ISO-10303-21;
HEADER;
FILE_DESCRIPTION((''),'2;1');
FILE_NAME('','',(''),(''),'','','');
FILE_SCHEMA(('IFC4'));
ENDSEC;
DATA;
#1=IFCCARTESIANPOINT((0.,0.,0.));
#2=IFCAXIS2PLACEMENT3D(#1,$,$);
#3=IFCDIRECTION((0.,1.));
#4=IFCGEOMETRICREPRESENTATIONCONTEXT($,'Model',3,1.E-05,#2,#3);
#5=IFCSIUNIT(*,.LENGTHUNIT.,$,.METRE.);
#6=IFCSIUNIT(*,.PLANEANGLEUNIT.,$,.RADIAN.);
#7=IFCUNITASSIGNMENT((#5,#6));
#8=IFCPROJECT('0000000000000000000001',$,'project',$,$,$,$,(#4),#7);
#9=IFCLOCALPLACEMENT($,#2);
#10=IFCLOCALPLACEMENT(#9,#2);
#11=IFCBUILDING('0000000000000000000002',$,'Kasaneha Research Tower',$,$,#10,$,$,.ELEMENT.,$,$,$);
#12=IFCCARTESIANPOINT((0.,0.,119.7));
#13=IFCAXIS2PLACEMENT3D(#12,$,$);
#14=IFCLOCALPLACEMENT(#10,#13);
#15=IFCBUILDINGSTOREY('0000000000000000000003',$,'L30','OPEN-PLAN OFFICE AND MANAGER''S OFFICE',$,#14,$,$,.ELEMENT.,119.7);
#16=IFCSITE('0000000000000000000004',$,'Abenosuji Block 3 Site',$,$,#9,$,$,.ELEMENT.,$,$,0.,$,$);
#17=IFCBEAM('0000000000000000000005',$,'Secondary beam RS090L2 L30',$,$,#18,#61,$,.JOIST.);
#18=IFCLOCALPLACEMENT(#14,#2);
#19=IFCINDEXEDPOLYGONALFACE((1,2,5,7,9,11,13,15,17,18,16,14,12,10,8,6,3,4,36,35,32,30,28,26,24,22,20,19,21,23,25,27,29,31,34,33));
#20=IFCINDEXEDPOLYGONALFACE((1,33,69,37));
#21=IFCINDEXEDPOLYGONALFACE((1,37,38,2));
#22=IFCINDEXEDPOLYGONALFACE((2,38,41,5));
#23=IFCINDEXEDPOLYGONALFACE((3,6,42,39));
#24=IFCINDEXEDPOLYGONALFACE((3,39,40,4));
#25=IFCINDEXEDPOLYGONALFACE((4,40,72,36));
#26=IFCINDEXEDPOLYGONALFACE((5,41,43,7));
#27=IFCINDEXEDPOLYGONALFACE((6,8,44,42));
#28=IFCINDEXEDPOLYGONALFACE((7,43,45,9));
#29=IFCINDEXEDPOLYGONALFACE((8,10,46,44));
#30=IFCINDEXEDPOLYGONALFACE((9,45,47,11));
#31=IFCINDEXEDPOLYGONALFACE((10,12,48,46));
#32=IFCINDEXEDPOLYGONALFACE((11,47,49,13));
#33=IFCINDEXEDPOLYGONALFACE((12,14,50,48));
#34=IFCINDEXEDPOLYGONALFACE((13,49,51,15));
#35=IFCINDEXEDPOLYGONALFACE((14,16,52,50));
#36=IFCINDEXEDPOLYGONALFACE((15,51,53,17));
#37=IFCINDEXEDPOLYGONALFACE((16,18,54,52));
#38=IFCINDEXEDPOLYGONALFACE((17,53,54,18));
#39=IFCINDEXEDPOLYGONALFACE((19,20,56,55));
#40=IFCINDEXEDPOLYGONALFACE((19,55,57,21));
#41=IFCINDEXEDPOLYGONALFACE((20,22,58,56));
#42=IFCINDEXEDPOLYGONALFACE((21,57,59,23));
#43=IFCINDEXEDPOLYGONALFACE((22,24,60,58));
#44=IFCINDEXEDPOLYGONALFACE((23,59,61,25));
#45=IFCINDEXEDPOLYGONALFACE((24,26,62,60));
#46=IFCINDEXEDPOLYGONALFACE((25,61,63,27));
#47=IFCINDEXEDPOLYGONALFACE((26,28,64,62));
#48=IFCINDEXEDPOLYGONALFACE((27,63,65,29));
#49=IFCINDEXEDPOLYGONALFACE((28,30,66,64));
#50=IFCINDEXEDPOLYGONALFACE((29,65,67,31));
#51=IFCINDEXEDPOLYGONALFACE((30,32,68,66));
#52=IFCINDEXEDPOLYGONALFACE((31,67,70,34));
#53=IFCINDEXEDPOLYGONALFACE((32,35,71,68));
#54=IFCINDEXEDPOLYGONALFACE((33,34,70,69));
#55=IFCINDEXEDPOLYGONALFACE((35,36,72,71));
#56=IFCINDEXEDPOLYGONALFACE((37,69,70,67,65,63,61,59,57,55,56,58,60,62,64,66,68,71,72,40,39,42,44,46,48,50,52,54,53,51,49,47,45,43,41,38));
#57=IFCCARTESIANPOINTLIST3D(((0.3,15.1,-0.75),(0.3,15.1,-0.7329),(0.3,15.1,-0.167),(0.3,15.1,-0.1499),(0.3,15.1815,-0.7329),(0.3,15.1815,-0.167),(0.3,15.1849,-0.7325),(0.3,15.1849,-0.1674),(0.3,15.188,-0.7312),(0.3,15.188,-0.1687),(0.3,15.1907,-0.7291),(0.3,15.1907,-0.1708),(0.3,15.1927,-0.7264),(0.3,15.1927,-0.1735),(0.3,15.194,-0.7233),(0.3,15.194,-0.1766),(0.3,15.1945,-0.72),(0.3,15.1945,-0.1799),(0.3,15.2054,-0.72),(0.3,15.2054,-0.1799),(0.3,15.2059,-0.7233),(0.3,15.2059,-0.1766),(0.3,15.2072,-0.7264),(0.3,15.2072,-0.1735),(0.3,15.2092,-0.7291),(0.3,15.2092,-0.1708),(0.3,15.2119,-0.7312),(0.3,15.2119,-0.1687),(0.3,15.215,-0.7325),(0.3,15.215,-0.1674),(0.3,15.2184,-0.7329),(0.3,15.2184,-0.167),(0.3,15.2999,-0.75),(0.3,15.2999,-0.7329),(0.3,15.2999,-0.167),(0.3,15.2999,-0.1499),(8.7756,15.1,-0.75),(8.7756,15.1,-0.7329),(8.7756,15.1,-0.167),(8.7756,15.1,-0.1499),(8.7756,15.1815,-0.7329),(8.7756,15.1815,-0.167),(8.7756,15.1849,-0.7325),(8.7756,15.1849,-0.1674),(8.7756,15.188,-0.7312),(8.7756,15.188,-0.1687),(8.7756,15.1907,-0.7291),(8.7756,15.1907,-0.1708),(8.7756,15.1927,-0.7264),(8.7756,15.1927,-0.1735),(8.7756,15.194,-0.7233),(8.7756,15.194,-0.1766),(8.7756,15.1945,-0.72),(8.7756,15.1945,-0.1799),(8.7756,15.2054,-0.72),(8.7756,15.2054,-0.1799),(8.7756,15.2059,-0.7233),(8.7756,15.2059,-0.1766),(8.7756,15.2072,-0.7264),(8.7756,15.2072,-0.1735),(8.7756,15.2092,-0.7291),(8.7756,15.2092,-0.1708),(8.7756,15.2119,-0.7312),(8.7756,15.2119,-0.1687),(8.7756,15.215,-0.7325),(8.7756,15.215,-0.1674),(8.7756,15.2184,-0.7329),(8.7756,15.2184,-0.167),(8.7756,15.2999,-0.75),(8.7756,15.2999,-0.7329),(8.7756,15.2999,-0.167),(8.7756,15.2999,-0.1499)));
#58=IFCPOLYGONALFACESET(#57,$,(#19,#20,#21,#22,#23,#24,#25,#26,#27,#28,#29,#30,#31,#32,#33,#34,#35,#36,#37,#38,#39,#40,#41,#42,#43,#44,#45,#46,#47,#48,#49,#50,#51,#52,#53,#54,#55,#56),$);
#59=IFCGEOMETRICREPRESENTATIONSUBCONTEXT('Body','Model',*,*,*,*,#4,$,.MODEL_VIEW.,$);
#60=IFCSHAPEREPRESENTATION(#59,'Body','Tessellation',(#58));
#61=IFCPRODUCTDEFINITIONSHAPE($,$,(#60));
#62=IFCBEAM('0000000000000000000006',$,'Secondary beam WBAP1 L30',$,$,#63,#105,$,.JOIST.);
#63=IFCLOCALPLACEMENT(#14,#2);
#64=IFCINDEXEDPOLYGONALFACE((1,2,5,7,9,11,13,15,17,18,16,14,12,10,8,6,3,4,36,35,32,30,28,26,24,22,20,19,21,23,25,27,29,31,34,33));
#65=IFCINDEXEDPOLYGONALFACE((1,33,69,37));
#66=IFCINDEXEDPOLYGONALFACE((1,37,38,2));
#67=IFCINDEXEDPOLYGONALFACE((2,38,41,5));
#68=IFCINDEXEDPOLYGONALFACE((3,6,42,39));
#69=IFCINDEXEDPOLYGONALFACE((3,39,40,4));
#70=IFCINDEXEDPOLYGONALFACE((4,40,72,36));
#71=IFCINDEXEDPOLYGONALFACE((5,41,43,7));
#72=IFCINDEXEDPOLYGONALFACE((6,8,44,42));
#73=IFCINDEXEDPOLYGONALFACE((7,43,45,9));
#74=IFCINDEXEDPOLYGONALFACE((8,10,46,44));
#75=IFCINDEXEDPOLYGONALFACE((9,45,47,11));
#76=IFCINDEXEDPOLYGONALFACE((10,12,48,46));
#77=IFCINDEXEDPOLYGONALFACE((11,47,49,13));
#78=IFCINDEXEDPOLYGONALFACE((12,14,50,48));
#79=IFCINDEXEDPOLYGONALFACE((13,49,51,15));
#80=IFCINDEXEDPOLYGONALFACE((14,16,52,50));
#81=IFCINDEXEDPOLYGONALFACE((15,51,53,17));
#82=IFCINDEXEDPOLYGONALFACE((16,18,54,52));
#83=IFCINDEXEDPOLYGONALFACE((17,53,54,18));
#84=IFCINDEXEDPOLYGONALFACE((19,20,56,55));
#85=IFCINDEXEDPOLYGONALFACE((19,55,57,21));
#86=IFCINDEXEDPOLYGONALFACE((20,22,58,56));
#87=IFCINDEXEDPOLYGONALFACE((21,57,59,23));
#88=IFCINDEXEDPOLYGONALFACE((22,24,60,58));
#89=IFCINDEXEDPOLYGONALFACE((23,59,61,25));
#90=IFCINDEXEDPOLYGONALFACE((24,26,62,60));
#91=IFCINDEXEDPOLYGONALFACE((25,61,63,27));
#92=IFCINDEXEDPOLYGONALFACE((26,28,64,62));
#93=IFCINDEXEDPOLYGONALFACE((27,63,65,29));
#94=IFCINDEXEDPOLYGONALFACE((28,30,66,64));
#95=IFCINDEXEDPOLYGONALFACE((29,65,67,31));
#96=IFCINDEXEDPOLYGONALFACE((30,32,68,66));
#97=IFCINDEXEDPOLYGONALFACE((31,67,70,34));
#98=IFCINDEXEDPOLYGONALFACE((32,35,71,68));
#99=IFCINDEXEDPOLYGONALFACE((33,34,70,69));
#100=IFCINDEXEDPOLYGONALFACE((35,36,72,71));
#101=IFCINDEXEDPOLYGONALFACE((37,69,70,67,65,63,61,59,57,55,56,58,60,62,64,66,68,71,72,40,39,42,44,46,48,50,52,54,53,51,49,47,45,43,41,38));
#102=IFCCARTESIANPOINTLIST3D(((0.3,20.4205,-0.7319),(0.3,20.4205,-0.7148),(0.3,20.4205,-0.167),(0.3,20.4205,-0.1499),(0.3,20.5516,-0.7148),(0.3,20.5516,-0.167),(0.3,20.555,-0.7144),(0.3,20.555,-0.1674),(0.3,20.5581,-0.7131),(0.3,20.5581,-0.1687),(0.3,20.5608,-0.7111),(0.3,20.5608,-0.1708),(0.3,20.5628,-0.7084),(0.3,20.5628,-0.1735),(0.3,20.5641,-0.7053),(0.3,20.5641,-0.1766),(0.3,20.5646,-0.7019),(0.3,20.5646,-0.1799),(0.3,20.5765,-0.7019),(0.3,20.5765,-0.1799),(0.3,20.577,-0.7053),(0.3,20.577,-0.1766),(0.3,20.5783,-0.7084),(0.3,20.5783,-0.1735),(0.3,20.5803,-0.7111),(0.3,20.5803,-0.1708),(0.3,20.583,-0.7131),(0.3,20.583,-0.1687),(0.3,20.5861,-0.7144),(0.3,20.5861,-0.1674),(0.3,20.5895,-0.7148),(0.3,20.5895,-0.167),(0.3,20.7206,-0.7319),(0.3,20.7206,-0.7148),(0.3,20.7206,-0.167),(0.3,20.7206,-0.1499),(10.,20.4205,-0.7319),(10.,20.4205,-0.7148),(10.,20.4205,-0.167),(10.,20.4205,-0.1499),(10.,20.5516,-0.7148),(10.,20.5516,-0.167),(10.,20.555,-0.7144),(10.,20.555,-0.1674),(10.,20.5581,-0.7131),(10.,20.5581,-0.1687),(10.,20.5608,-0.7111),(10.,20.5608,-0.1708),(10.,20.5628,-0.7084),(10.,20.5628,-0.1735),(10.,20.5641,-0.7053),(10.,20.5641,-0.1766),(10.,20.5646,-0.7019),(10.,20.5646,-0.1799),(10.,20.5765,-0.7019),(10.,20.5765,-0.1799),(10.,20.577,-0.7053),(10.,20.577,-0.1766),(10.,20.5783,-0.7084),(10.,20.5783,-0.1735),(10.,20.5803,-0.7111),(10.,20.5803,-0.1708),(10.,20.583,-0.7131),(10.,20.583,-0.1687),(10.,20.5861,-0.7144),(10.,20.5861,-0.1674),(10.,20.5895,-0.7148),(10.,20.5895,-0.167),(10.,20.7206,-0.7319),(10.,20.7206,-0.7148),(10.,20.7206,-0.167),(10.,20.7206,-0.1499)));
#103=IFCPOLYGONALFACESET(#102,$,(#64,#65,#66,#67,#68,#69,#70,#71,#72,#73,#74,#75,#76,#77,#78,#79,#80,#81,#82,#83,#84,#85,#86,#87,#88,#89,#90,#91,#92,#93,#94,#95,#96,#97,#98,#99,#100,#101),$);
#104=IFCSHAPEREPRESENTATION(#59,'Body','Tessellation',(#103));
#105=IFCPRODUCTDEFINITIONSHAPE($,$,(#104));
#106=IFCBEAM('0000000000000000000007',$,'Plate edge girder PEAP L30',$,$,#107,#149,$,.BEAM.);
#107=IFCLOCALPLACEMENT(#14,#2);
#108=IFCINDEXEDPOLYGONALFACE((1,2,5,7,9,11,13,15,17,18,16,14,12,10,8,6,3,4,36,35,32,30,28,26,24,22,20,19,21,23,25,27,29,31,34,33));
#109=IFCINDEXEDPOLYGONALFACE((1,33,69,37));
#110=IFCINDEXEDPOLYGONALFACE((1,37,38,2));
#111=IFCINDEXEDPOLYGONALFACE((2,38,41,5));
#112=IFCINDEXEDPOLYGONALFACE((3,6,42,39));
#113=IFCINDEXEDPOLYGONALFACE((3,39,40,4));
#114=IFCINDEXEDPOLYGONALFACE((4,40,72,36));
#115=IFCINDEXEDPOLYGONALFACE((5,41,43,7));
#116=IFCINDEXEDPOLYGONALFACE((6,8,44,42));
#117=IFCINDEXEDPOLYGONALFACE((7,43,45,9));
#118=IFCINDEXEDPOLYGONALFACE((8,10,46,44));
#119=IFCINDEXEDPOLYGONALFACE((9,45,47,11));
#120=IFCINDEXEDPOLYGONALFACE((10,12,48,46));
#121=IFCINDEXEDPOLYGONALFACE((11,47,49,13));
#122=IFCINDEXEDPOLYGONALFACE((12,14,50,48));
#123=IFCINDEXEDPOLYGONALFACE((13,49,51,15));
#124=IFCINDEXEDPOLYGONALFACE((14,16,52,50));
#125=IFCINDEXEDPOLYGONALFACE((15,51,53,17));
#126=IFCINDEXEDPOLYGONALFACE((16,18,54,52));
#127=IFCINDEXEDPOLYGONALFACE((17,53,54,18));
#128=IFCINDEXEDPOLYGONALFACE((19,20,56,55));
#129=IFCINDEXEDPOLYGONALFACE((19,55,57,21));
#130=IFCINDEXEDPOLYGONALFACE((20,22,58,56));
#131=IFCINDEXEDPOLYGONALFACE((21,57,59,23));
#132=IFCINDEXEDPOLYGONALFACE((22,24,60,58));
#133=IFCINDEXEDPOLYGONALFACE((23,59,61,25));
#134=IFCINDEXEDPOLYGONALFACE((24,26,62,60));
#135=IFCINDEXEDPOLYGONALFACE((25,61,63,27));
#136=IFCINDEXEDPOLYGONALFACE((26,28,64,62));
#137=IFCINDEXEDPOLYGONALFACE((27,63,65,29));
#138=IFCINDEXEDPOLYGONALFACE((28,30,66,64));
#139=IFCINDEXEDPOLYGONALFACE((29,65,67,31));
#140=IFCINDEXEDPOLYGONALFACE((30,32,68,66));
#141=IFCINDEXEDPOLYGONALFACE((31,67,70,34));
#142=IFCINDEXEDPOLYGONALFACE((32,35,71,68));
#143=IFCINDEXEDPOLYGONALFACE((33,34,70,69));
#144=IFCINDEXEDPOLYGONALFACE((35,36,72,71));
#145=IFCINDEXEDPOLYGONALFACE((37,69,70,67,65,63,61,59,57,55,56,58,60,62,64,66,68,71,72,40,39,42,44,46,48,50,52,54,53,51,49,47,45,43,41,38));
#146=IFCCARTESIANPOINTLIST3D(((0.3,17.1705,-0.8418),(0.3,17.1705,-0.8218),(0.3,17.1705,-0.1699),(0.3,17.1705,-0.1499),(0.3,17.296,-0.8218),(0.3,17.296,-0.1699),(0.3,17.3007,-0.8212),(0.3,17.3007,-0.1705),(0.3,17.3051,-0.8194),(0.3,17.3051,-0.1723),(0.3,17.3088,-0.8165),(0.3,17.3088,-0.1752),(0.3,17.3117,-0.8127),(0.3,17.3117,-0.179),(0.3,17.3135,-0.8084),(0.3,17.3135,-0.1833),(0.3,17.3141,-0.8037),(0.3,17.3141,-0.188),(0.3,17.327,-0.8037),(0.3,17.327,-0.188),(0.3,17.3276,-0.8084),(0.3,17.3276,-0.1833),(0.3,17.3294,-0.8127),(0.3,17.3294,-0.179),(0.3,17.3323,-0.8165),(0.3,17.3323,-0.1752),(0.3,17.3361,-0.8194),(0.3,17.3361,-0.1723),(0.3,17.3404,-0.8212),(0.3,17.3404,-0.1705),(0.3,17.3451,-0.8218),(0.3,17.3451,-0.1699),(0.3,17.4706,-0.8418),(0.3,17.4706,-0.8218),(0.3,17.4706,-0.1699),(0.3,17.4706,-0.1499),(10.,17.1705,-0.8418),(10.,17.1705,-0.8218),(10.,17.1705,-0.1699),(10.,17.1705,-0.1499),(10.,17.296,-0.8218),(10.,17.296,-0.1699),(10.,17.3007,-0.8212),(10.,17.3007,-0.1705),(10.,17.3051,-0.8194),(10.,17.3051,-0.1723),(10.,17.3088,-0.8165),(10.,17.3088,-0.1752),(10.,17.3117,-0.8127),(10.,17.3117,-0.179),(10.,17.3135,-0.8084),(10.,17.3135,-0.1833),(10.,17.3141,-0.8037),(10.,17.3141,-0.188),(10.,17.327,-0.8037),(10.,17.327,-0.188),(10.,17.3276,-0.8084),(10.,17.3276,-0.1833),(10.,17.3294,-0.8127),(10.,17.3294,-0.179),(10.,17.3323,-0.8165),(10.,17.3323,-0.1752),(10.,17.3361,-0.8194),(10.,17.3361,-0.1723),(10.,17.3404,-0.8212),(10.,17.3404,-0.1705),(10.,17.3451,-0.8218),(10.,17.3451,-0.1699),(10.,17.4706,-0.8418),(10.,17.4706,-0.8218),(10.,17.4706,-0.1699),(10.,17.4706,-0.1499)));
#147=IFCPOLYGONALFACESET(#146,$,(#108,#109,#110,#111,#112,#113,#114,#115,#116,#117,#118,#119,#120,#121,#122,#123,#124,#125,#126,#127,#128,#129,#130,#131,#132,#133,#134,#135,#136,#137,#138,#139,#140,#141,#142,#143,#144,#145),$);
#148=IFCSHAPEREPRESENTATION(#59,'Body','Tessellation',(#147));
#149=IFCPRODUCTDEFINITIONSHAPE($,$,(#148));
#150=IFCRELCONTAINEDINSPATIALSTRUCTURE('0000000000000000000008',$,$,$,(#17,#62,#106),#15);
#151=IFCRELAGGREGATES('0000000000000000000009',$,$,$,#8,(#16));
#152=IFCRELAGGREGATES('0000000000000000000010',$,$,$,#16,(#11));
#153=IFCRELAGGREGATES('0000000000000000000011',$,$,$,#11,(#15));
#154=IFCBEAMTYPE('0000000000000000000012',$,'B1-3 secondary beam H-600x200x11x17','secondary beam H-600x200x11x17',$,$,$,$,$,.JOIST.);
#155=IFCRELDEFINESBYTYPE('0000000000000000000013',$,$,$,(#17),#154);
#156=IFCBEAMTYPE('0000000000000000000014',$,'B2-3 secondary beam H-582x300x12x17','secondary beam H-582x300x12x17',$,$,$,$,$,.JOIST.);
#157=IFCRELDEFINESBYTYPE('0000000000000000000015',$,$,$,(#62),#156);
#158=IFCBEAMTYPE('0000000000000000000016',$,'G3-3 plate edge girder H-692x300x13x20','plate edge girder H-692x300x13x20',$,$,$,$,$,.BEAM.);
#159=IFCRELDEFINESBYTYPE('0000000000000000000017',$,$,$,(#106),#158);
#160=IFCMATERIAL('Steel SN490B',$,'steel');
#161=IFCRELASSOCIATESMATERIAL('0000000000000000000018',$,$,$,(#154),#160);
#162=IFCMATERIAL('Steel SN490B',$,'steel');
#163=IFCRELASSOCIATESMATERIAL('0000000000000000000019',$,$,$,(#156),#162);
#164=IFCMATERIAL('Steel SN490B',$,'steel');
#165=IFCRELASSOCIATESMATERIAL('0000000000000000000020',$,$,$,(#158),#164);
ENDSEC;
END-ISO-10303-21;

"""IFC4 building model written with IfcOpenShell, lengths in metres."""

from ifc_helpers import new_model, si_unit, direction, frame, origin, origin_2d, place, context, subcontext, project, spatial, i_section, extrude, material, material_profile, profile_set, type_object, element, save


model = new_model("IFC4")

# Units and contexts
model_context = context("Model", 3, precision=1e-05, world=origin(), true_north=direction((0.0, 1.0)))
body_context = subcontext(model_context, "Body", "Model", "MODEL_VIEW")
ifc_project = project(units=[si_unit("LENGTHUNIT", "METRE"), si_unit("PLANEANGLEUNIT", "RADIAN")], contexts=[model_context])

# Site, building, storey
site_placement = place(None, origin())
site = spatial("IfcSite", under=ifc_project, at=site_placement, Name="Abenosuji Block 3 Site", CompositionType="ELEMENT", RefElevation=0.0)
building_placement = place(site_placement, origin())
building = spatial("IfcBuilding", under=site, at=building_placement, Name="Kasaneha Research Tower", CompositionType="ELEMENT")
storey_placement = place(building_placement, frame((0.0, 0.0, 119.7)))
storey = spatial("IfcBuildingStorey", under=building, at=storey_placement, Name="L30", Description="OPEN-PLAN OFFICE AND MANAGER'S OFFICE", CompositionType="ELEMENT", Elevation=119.7)

# Beams
ifc_material_1 = material(Name="Steel SN490B", Category="steel")
ifc_material_profile_1 = material_profile(ifc_material_1, i_section(OverallWidth=0.2, OverallDepth=0.6001, WebThickness=0.011, FlangeThickness=0.0171, FilletRadius=0.0129, at=origin_2d()), Name="H-600x200x11x17")
ifc_profile_set_1 = profile_set([ifc_material_profile_1], Name="Steel SN490B")
beam_type_1 = type_object("IfcBeamType", Name="B1-3 secondary beam H-600x200x11x17", Description="secondary beam H-600x200x11x17", PredefinedType="JOIST", material=ifc_profile_set_1)
beam_1_placement = place(storey_placement, frame((8.7756, 15.2, -0.45), z_axis=(-1.0, 0.0, 0.0), x_axis=(0.0, -1.0, 0.0)))
element("IfcBeam", 1, at=beam_1_placement, inside=storey, type_object=beam_type_1, Name="Secondary beam RS090L2 L30", PredefinedType="JOIST", context=body_context, shape_type="SweptSolid", body=[
    extrude(i_section(OverallWidth=0.2, OverallDepth=0.6001, WebThickness=0.011, FlangeThickness=0.0171, FilletRadius=0.0129, at=origin_2d()), origin(), (0.0, 0.0, 1.0), 8.4756),
])
ifc_material_2 = material(Name="Steel SN490B", Category="steel")
ifc_material_profile_2 = material_profile(ifc_material_2, i_section(OverallWidth=0.3, OverallDepth=0.582, WebThickness=0.012, FlangeThickness=0.0171, FilletRadius=0.0129, at=origin_2d()), Name="H-582x300x12x17")
ifc_profile_set_2 = profile_set([ifc_material_profile_2], Name="Steel SN490B")
beam_type_2 = type_object("IfcBeamType", Name="B2-3 secondary beam H-582x300x12x17", Description="secondary beam H-582x300x12x17", PredefinedType="JOIST", material=ifc_profile_set_2)
beam_2_placement = place(storey_placement, frame((10.0, 20.5706, -0.4409), z_axis=(-1.0, 0.0, 0.0), x_axis=(0.0, -1.0, 0.0)))
element("IfcBeam", 2, at=beam_2_placement, inside=storey, type_object=beam_type_2, Name="Secondary beam WBAP1 L30", PredefinedType="JOIST", context=body_context, shape_type="SweptSolid", body=[
    extrude(i_section(OverallWidth=0.3, OverallDepth=0.582, WebThickness=0.012, FlangeThickness=0.0171, FilletRadius=0.0129, at=origin_2d()), origin(), (0.0, 0.0, 1.0), 9.7),
])
ifc_material_3 = material(Name="Steel SN490B", Category="steel")
ifc_material_profile_3 = material_profile(ifc_material_3, i_section(OverallWidth=0.3, OverallDepth=0.6919, WebThickness=0.0129, FlangeThickness=0.02, FilletRadius=0.0181, at=origin_2d()), Name="H-692x300x13x20")
ifc_profile_set_3 = profile_set([ifc_material_profile_3], Name="Steel SN490B")
beam_type_3 = type_object("IfcBeamType", Name="G3-3 plate edge girder H-692x300x13x20", Description="plate edge girder H-692x300x13x20", PredefinedType="BEAM", material=ifc_profile_set_3)
beam_3_placement = place(storey_placement, frame((10.0, 17.3206, -0.4958), z_axis=(-1.0, 0.0, 0.0), x_axis=(0.0, -1.0, 0.0)))
element("IfcBeam", 3, at=beam_3_placement, inside=storey, type_object=beam_type_3, Name="Plate edge girder PEAP L30", PredefinedType="BEAM", context=body_context, shape_type="SweptSolid", body=[
    extrude(i_section(OverallWidth=0.3, OverallDepth=0.6919, WebThickness=0.0129, FlangeThickness=0.02, FilletRadius=0.0181, at=origin_2d()), origin(), (0.0, 0.0, 1.0), 9.7),
])

save(model, "model.ifc")
